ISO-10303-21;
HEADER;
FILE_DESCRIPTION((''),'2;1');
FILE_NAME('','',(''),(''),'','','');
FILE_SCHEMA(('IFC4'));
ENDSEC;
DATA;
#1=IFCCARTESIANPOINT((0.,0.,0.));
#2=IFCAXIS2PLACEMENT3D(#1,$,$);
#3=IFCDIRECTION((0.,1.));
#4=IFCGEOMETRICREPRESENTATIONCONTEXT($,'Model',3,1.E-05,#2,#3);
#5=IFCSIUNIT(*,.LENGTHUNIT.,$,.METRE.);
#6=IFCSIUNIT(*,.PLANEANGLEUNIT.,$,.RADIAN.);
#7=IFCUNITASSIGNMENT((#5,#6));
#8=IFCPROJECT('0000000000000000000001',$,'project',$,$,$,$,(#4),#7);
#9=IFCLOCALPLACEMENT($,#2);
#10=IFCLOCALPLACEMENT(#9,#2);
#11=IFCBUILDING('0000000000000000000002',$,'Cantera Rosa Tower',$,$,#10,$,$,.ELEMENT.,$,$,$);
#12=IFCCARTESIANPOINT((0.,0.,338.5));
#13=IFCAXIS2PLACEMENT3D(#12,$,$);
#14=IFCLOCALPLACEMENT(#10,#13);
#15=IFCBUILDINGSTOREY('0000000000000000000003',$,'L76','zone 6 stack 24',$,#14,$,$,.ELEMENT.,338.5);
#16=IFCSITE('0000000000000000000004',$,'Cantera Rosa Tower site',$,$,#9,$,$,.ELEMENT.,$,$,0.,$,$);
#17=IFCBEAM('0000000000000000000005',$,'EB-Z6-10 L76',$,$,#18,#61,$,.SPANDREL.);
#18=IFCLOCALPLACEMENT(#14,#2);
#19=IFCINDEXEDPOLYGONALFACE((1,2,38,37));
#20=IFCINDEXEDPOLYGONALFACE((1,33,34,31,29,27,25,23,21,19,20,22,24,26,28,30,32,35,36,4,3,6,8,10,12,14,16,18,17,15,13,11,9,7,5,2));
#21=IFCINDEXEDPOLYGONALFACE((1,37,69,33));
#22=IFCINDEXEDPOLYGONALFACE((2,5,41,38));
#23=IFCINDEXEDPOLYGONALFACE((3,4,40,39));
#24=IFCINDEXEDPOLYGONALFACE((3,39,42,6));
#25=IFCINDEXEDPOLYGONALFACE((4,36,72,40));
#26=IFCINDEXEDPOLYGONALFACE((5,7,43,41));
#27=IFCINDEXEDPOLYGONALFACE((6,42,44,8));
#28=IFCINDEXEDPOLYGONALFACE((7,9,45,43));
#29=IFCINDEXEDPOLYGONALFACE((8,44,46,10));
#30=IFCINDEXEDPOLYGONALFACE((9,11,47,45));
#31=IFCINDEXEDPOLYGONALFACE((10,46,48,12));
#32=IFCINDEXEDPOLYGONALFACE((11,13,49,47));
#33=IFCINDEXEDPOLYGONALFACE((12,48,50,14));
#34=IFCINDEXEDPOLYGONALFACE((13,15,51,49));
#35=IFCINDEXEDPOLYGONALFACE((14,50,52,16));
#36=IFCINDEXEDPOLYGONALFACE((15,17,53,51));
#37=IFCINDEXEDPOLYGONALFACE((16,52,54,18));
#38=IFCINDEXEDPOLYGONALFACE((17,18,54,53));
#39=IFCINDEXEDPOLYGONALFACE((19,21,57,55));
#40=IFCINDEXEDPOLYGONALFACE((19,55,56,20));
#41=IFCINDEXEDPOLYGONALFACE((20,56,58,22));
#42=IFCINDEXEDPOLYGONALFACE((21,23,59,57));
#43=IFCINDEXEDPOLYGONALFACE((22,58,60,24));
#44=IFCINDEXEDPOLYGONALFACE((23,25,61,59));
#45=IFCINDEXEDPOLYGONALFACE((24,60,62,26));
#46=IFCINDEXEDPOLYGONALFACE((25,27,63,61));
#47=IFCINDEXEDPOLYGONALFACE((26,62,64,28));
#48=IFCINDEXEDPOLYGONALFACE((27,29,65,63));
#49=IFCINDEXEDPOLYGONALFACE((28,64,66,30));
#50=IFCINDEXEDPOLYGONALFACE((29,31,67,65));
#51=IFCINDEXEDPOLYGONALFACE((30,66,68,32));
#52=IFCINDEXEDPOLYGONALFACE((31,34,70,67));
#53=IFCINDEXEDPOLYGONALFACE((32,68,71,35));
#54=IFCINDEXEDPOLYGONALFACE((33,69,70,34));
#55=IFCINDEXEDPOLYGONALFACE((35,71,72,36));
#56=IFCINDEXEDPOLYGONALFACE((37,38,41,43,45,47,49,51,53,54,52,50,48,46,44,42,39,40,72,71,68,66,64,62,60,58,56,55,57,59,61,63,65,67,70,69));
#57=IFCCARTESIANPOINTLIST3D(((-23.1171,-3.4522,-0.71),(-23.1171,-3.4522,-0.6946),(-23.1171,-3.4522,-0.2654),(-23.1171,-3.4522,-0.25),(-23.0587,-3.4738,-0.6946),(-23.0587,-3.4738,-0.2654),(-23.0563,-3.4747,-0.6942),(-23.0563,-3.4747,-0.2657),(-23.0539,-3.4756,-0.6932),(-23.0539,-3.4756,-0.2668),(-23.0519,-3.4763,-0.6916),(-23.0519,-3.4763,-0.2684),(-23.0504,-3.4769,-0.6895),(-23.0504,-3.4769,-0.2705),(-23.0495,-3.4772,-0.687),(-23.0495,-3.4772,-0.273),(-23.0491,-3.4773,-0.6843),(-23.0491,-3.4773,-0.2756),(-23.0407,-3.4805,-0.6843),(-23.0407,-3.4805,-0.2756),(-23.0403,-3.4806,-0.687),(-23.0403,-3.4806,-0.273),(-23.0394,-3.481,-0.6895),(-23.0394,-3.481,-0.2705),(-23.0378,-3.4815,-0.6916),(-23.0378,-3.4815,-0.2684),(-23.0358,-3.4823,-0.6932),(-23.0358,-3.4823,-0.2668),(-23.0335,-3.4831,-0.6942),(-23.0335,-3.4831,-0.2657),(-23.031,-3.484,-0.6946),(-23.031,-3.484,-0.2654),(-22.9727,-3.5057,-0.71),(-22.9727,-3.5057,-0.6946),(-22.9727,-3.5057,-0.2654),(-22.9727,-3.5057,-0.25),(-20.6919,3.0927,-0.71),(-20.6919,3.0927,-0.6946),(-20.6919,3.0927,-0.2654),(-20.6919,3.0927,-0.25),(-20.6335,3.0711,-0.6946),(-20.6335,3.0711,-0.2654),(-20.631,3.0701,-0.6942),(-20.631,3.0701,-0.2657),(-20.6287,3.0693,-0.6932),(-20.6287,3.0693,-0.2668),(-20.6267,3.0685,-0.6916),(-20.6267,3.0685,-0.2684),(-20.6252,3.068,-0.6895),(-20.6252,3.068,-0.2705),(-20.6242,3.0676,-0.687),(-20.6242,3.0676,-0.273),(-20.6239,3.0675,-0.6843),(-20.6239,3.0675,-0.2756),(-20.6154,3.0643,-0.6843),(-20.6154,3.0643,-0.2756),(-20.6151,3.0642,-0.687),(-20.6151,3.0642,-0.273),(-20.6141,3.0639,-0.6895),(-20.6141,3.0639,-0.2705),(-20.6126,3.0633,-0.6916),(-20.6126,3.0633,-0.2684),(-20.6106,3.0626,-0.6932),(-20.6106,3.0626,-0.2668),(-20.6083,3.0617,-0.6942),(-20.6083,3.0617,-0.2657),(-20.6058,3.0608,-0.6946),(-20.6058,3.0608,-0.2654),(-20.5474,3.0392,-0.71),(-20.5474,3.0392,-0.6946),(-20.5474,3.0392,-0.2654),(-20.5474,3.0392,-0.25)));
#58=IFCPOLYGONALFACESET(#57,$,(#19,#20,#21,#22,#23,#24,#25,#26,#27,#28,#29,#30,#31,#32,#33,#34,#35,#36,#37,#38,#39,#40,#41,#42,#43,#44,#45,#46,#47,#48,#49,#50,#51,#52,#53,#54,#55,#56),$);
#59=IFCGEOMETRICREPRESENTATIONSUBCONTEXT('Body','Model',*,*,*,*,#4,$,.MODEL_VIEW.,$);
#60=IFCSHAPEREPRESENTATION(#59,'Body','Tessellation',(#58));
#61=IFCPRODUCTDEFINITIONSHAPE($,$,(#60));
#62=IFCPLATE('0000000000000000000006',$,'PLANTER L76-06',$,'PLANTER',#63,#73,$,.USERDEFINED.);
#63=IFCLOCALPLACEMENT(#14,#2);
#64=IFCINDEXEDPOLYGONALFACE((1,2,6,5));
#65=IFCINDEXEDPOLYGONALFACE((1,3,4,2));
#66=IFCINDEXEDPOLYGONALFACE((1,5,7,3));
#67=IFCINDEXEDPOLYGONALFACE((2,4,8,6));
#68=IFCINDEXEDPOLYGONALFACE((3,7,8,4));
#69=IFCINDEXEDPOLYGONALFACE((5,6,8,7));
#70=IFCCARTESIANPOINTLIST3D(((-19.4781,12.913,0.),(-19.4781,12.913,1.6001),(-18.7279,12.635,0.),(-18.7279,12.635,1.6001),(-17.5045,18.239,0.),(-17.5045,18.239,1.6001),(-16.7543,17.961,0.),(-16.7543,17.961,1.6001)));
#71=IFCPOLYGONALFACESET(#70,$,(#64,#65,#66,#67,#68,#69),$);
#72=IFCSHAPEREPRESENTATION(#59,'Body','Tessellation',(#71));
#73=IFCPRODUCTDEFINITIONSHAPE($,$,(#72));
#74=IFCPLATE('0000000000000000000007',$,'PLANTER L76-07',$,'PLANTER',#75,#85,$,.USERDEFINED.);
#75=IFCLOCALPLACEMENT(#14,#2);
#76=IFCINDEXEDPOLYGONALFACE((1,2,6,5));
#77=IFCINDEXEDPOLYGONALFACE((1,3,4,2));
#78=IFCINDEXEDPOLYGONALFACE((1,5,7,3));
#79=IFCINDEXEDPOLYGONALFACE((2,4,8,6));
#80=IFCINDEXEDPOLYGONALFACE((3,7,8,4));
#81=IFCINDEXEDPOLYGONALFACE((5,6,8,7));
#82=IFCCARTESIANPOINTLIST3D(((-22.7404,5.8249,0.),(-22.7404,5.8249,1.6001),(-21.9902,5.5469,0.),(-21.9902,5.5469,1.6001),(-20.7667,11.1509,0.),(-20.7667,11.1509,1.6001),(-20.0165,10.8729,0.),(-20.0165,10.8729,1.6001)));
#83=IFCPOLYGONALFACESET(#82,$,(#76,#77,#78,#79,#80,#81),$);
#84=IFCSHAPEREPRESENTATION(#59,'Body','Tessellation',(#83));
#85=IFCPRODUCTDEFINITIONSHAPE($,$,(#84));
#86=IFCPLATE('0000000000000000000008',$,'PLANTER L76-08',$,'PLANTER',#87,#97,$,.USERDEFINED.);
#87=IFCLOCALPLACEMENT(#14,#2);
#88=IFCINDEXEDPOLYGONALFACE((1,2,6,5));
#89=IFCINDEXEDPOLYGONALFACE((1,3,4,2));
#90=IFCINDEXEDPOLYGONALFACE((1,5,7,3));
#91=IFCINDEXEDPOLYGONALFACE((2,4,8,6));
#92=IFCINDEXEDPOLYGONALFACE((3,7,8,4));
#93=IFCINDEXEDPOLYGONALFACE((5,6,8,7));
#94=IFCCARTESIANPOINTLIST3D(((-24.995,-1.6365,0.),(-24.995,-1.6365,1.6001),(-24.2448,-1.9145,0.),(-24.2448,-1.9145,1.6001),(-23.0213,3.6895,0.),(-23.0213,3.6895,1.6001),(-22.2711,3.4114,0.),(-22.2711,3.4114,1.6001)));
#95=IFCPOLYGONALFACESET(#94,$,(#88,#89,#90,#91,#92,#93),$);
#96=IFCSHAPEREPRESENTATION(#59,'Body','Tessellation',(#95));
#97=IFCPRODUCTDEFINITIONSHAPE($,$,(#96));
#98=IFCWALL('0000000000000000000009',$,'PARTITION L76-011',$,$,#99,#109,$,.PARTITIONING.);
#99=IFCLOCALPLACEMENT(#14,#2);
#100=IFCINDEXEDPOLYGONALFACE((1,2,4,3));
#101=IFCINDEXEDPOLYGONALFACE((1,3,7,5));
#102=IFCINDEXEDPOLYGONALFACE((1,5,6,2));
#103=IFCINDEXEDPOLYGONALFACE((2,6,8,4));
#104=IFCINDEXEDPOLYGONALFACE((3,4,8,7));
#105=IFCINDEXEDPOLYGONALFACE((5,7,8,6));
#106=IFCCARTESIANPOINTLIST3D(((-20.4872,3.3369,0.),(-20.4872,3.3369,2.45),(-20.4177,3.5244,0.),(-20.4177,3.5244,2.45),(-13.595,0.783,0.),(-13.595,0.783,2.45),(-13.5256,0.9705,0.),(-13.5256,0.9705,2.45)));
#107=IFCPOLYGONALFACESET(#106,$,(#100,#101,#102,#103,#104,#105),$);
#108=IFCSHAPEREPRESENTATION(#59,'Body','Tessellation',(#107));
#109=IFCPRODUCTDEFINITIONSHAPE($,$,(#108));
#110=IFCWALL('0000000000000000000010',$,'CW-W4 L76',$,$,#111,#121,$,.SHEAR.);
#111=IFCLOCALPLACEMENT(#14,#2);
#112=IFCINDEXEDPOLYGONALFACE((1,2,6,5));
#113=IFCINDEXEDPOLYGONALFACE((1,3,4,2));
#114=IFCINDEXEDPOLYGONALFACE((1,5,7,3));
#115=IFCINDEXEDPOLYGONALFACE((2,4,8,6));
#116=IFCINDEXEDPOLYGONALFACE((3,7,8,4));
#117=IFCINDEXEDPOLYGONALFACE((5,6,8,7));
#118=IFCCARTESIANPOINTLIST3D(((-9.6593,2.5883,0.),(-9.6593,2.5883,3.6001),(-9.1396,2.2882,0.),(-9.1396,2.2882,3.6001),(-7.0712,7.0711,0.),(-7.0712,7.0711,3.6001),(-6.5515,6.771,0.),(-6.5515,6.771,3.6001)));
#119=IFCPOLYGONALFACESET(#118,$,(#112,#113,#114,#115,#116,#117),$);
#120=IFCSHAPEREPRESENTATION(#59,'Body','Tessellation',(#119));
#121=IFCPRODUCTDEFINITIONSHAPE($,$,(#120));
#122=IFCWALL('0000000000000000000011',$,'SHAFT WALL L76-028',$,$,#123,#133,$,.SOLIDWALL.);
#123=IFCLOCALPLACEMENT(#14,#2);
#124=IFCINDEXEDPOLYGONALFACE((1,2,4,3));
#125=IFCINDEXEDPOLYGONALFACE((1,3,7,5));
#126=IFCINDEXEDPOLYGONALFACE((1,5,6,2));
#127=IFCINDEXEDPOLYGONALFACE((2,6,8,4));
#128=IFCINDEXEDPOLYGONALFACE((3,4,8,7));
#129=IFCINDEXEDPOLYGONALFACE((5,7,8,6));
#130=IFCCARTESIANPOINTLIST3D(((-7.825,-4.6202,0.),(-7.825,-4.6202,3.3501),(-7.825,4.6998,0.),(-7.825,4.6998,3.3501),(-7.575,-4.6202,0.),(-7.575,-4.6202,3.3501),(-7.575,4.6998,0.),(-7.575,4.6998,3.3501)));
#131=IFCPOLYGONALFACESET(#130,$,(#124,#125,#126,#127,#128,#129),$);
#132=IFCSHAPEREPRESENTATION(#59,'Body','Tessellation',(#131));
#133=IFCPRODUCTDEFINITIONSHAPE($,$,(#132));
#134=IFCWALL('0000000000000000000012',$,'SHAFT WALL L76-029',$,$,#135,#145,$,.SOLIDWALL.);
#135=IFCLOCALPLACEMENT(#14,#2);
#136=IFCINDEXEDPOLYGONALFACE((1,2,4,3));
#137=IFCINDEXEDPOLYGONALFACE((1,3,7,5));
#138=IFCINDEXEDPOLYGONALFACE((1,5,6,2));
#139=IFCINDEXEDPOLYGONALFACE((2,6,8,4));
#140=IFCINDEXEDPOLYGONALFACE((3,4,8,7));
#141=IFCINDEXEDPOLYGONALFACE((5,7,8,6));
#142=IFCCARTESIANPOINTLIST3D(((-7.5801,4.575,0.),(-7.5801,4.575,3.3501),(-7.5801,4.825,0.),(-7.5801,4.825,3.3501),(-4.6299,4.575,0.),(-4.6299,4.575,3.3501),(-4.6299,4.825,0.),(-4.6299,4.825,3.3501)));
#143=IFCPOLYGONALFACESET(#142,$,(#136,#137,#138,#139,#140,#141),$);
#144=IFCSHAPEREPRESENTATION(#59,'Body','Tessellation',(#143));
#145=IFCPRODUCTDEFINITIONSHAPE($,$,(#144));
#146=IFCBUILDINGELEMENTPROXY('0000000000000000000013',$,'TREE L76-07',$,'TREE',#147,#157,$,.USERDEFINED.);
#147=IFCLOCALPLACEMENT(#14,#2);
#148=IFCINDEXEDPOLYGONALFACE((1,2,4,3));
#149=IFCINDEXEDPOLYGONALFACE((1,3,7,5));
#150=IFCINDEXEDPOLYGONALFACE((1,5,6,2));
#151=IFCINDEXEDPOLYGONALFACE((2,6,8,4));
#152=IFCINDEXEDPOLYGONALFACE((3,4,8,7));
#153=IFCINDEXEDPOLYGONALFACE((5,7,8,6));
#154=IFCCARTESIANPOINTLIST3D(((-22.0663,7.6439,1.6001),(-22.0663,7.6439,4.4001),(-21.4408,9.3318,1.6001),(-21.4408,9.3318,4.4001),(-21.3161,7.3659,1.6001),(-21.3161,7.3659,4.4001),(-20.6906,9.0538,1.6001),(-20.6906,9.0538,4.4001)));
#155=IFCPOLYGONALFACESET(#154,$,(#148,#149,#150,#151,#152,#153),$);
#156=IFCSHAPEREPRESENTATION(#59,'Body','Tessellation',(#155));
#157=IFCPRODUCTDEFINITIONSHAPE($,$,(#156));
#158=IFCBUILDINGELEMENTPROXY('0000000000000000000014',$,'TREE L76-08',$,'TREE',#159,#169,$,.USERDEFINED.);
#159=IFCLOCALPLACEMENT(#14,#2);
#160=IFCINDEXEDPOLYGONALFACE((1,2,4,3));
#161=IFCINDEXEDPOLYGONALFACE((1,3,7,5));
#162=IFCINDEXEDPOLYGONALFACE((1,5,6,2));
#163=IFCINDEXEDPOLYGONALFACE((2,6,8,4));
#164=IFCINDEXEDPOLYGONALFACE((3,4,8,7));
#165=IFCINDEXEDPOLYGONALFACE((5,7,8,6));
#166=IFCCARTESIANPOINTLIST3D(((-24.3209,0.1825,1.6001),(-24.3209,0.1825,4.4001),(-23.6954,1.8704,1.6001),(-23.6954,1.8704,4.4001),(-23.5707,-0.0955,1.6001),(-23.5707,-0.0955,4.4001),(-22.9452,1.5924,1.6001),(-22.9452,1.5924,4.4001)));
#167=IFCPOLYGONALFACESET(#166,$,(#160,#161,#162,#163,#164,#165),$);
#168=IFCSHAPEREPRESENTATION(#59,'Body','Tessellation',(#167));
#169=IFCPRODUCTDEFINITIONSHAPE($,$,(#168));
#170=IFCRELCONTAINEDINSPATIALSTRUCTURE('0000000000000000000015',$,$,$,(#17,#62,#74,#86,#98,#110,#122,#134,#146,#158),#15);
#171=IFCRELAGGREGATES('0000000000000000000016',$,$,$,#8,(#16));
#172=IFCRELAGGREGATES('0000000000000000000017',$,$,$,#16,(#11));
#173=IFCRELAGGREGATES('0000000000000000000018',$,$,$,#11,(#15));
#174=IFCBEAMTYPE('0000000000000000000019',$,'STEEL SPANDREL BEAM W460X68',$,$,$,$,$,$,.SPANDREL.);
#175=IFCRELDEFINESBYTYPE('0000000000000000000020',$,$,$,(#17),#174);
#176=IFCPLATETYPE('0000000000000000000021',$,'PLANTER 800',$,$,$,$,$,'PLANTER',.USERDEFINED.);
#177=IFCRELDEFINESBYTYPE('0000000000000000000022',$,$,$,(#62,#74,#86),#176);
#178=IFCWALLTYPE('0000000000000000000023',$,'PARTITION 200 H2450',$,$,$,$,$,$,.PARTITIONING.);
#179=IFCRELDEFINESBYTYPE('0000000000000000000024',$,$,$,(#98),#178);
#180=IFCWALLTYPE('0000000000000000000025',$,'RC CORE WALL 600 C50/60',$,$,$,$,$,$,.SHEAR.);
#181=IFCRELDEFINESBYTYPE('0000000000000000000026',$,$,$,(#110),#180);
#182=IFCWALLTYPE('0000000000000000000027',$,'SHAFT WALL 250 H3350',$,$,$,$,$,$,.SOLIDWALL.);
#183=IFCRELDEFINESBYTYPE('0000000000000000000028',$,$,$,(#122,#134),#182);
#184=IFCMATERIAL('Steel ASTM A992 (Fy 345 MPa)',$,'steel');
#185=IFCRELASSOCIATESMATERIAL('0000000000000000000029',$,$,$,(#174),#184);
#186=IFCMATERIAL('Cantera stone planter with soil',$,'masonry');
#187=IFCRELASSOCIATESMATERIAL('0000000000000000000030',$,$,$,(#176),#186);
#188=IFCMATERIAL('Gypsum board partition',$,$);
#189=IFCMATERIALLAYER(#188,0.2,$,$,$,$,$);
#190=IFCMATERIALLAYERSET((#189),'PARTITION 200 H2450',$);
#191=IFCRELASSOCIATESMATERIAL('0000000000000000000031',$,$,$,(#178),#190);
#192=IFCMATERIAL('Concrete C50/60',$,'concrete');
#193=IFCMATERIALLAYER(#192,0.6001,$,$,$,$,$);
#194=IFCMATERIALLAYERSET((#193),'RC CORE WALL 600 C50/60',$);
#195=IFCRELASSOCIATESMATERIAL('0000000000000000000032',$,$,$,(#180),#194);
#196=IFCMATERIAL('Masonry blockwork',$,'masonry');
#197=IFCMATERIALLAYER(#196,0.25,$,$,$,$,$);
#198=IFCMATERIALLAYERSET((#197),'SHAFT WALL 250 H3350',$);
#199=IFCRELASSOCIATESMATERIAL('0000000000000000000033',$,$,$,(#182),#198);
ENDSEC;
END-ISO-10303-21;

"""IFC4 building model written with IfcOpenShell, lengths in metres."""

from ifc_helpers import new_model, si_unit, direction, frame, frame_2d, origin, origin_2d, place, context, subcontext, project, spatial, rectangle, i_section, extrude, material, layer, layer_set, material_profile, profile_set, type_object, element, save


model = new_model("IFC4")

# Units and contexts
model_context = context("Model", 3, precision=1e-05, world=origin(), true_north=direction((0.0, 1.0)))
body_context = subcontext(model_context, "Body", "Model", "MODEL_VIEW")
ifc_project = project(units=[si_unit("LENGTHUNIT", "METRE"), si_unit("PLANEANGLEUNIT", "RADIAN")], contexts=[model_context])

# Site, building, storey
site_placement = place(None, origin())
site = spatial("IfcSite", under=ifc_project, at=site_placement, Name="Cantera Rosa Tower site", CompositionType="ELEMENT", RefElevation=0.0)
building_placement = place(site_placement, origin())
building = spatial("IfcBuilding", under=site, at=building_placement, Name="Cantera Rosa Tower", CompositionType="ELEMENT")
storey_placement = place(building_placement, frame((0.0, 0.0, 338.5)))
storey = spatial("IfcBuildingStorey", under=building, at=storey_placement, Name="L76", Description="zone 6 stack 24", CompositionType="ELEMENT", Elevation=338.5)

# Beam
ifc_material_1 = material(Name="Steel ASTM A992 (Fy 345 MPa)", Category="steel")
ifc_material_profile_1 = material_profile(ifc_material_1, i_section(OverallWidth=0.1541, OverallDepth=0.46, WebThickness=0.009, FlangeThickness=0.0154, FilletRadius=0.0103, at=origin_2d()), Name="W460X68")
ifc_profile_set_1 = profile_set([ifc_material_profile_1], Name="Steel ASTM A992 (Fy 345 MPa)")
beam_type_1 = type_object("IfcBeamType", Name="STEEL SPANDREL BEAM W460X68", PredefinedType="SPANDREL", material=ifc_profile_set_1)
beam_1_placement = place(storey_placement, frame((-20.6196, 3.0659, -0.48), z_axis=(-0.347472, -0.937691, 0.0), x_axis=(0.937691, -0.347472, 0.0)))
element("IfcBeam", 1, at=beam_1_placement, inside=storey, type_object=beam_type_1, Name="EB-Z6-10 L76", PredefinedType="SPANDREL", context=body_context, shape_type="SweptSolid", body=[
    extrude(i_section(OverallWidth=0.1541, OverallDepth=0.46, WebThickness=0.009, FlangeThickness=0.0154, FilletRadius=0.0103, at=origin_2d()), origin(), (0.0, 0.0, 1.0), 6.9797),
])

# Plates
ifc_material_2 = material(Name="Cantera stone planter with soil", Category="masonry")
plate_type = type_object("IfcPlateType", Name="PLANTER 800", ElementType="PLANTER", PredefinedType="USERDEFINED", material=ifc_material_2)
for number, where, z_axis, x_axis, name in (
    (2, (-18.1162, 15.437, 0.0), (0.0, 0.0, 1.0), (-0.347481, -0.937687, 0.0), "PLANTER L76-06"),
    (3, (-21.3784, 8.3489, 0.0), (0.0, 0.0, 1.0), (-0.347481, -0.937687, 0.0), "PLANTER L76-07"),
    (4, (-23.6331, 0.8875, 0.0), (0.0, 0.0, 1.0), (-0.347481, -0.937687, 0.0), "PLANTER L76-08"),
):
    element("IfcPlate", number, at=place(storey_placement, frame(where, z_axis=z_axis, x_axis=x_axis)), inside=storey, type_object=plate_type, Name=name, ObjectType="PLANTER", PredefinedType="USERDEFINED", context=body_context, shape_type="SweptSolid", body=[
        extrude(rectangle(XDim=5.6799, YDim=0.8, at=origin_2d()), origin(), (0.0, 0.0, 1.0), 1.6001),
    ])

# Walls
ifc_material_3 = material(Name="Gypsum board partition")
ifc_layer_1 = layer(ifc_material_3, 0.2)
ifc_layer_set_1 = layer_set([ifc_layer_1], Name="PARTITION 200 H2450")
wall_type_1 = type_object("IfcWallType", Name="PARTITION 200 H2450", PredefinedType="PARTITIONING", material=ifc_layer_set_1)
wall_1_placement = place(storey_placement, frame((-13.5603, 0.8767, 0.0), z_axis=(0.0, 0.0, 1.0), x_axis=(-0.93769, 0.347473, 0.0)))
element("IfcWall", 5, at=wall_1_placement, inside=storey, type_object=wall_type_1, Name="PARTITION L76-011", PredefinedType="PARTITIONING", context=body_context, shape_type="SweptSolid", body=[
    extrude(rectangle(XDim=7.3501, YDim=0.2, at=frame_2d((3.675, 0.0))), origin(), (0.0, 0.0, 1.0), 2.45),
])
ifc_material_4 = material(Name="Concrete C50/60", Category="concrete")
ifc_layer_2 = layer(ifc_material_4, 0.6001)
ifc_layer_set_2 = layer_set([ifc_layer_2], Name="RC CORE WALL 600 C50/60")
wall_type_2 = type_object("IfcWallType", Name="RC CORE WALL 600 C50/60", PredefinedType="SHEAR", material=ifc_layer_set_2)
wall_2_placement = place(storey_placement, frame((-9.3994, 2.4382, 0.0), z_axis=(0.0, 0.0, 1.0), x_axis=(0.499989, 0.866032, 0.0)))
element("IfcWall", 6, at=wall_2_placement, inside=storey, type_object=wall_type_2, Name="CW-W4 L76", PredefinedType="SHEAR", context=body_context, shape_type="SweptSolid", body=[
    extrude(rectangle(XDim=5.1763, YDim=0.6001, at=frame_2d((2.5881, 0.0))), origin(), (0.0, 0.0, 1.0), 3.6001),
])
ifc_material_5 = material(Name="Masonry blockwork", Category="masonry")
ifc_layer_3 = layer(ifc_material_5, 0.25)
ifc_layer_set_3 = layer_set([ifc_layer_3], Name="SHAFT WALL 250 H3350")
wall_type_3 = type_object("IfcWallType", Name="SHAFT WALL 250 H3350", PredefinedType="SOLIDWALL", material=ifc_layer_set_3)
wall_3_placement = place(storey_placement, frame((-7.7, 4.7, 0.0), z_axis=(0.0, 0.0, 1.0), x_axis=(0.0, -1.0, 0.0)))
element("IfcWall", 7, at=wall_3_placement, inside=storey, type_object=wall_type_3, Name="SHAFT WALL L76-028", PredefinedType="SOLIDWALL", context=body_context, shape_type="SweptSolid", body=[
    extrude(rectangle(XDim=9.3201, YDim=0.25, at=frame_2d((4.6602, 0.0))), origin(), (0.0, 0.0, 1.0), 3.3501),
])
wall_4_placement = place(storey_placement, frame((-7.5801, 4.7, 0.0), z_axis=(0.0, 0.0, 1.0), x_axis=(1.0, 0.0, 0.0)))
element("IfcWall", 8, at=wall_4_placement, inside=storey, type_object=wall_type_3, Name="SHAFT WALL L76-029", PredefinedType="SOLIDWALL", context=body_context, shape_type="SweptSolid", body=[
    extrude(rectangle(XDim=2.9502, YDim=0.25, at=frame_2d((1.4751, 0.0))), origin(), (0.0, 0.0, 1.0), 3.3501),
])

# Building element proxies
for number, where, z_axis, x_axis, name in (
    (9, (-21.3784, 8.3489, 1.6001), (0.0, 0.0, 1.0), (-0.347481, -0.937687, 0.0), "TREE L76-07"),
    (10, (-23.6331, 0.8875, 1.6001), (0.0, 0.0, 1.0), (-0.347481, -0.937687, 0.0), "TREE L76-08"),
):
    element("IfcBuildingElementProxy", number, at=place(storey_placement, frame(where, z_axis=z_axis, x_axis=x_axis)), inside=storey, Name=name, ObjectType="TREE", PredefinedType="USERDEFINED", context=body_context, shape_type="SweptSolid", body=[
        extrude(rectangle(XDim=1.8, YDim=0.8, at=origin_2d()), origin(), (0.0, 0.0, 1.0), 2.8),
    ])

save(model, "model.ifc")
